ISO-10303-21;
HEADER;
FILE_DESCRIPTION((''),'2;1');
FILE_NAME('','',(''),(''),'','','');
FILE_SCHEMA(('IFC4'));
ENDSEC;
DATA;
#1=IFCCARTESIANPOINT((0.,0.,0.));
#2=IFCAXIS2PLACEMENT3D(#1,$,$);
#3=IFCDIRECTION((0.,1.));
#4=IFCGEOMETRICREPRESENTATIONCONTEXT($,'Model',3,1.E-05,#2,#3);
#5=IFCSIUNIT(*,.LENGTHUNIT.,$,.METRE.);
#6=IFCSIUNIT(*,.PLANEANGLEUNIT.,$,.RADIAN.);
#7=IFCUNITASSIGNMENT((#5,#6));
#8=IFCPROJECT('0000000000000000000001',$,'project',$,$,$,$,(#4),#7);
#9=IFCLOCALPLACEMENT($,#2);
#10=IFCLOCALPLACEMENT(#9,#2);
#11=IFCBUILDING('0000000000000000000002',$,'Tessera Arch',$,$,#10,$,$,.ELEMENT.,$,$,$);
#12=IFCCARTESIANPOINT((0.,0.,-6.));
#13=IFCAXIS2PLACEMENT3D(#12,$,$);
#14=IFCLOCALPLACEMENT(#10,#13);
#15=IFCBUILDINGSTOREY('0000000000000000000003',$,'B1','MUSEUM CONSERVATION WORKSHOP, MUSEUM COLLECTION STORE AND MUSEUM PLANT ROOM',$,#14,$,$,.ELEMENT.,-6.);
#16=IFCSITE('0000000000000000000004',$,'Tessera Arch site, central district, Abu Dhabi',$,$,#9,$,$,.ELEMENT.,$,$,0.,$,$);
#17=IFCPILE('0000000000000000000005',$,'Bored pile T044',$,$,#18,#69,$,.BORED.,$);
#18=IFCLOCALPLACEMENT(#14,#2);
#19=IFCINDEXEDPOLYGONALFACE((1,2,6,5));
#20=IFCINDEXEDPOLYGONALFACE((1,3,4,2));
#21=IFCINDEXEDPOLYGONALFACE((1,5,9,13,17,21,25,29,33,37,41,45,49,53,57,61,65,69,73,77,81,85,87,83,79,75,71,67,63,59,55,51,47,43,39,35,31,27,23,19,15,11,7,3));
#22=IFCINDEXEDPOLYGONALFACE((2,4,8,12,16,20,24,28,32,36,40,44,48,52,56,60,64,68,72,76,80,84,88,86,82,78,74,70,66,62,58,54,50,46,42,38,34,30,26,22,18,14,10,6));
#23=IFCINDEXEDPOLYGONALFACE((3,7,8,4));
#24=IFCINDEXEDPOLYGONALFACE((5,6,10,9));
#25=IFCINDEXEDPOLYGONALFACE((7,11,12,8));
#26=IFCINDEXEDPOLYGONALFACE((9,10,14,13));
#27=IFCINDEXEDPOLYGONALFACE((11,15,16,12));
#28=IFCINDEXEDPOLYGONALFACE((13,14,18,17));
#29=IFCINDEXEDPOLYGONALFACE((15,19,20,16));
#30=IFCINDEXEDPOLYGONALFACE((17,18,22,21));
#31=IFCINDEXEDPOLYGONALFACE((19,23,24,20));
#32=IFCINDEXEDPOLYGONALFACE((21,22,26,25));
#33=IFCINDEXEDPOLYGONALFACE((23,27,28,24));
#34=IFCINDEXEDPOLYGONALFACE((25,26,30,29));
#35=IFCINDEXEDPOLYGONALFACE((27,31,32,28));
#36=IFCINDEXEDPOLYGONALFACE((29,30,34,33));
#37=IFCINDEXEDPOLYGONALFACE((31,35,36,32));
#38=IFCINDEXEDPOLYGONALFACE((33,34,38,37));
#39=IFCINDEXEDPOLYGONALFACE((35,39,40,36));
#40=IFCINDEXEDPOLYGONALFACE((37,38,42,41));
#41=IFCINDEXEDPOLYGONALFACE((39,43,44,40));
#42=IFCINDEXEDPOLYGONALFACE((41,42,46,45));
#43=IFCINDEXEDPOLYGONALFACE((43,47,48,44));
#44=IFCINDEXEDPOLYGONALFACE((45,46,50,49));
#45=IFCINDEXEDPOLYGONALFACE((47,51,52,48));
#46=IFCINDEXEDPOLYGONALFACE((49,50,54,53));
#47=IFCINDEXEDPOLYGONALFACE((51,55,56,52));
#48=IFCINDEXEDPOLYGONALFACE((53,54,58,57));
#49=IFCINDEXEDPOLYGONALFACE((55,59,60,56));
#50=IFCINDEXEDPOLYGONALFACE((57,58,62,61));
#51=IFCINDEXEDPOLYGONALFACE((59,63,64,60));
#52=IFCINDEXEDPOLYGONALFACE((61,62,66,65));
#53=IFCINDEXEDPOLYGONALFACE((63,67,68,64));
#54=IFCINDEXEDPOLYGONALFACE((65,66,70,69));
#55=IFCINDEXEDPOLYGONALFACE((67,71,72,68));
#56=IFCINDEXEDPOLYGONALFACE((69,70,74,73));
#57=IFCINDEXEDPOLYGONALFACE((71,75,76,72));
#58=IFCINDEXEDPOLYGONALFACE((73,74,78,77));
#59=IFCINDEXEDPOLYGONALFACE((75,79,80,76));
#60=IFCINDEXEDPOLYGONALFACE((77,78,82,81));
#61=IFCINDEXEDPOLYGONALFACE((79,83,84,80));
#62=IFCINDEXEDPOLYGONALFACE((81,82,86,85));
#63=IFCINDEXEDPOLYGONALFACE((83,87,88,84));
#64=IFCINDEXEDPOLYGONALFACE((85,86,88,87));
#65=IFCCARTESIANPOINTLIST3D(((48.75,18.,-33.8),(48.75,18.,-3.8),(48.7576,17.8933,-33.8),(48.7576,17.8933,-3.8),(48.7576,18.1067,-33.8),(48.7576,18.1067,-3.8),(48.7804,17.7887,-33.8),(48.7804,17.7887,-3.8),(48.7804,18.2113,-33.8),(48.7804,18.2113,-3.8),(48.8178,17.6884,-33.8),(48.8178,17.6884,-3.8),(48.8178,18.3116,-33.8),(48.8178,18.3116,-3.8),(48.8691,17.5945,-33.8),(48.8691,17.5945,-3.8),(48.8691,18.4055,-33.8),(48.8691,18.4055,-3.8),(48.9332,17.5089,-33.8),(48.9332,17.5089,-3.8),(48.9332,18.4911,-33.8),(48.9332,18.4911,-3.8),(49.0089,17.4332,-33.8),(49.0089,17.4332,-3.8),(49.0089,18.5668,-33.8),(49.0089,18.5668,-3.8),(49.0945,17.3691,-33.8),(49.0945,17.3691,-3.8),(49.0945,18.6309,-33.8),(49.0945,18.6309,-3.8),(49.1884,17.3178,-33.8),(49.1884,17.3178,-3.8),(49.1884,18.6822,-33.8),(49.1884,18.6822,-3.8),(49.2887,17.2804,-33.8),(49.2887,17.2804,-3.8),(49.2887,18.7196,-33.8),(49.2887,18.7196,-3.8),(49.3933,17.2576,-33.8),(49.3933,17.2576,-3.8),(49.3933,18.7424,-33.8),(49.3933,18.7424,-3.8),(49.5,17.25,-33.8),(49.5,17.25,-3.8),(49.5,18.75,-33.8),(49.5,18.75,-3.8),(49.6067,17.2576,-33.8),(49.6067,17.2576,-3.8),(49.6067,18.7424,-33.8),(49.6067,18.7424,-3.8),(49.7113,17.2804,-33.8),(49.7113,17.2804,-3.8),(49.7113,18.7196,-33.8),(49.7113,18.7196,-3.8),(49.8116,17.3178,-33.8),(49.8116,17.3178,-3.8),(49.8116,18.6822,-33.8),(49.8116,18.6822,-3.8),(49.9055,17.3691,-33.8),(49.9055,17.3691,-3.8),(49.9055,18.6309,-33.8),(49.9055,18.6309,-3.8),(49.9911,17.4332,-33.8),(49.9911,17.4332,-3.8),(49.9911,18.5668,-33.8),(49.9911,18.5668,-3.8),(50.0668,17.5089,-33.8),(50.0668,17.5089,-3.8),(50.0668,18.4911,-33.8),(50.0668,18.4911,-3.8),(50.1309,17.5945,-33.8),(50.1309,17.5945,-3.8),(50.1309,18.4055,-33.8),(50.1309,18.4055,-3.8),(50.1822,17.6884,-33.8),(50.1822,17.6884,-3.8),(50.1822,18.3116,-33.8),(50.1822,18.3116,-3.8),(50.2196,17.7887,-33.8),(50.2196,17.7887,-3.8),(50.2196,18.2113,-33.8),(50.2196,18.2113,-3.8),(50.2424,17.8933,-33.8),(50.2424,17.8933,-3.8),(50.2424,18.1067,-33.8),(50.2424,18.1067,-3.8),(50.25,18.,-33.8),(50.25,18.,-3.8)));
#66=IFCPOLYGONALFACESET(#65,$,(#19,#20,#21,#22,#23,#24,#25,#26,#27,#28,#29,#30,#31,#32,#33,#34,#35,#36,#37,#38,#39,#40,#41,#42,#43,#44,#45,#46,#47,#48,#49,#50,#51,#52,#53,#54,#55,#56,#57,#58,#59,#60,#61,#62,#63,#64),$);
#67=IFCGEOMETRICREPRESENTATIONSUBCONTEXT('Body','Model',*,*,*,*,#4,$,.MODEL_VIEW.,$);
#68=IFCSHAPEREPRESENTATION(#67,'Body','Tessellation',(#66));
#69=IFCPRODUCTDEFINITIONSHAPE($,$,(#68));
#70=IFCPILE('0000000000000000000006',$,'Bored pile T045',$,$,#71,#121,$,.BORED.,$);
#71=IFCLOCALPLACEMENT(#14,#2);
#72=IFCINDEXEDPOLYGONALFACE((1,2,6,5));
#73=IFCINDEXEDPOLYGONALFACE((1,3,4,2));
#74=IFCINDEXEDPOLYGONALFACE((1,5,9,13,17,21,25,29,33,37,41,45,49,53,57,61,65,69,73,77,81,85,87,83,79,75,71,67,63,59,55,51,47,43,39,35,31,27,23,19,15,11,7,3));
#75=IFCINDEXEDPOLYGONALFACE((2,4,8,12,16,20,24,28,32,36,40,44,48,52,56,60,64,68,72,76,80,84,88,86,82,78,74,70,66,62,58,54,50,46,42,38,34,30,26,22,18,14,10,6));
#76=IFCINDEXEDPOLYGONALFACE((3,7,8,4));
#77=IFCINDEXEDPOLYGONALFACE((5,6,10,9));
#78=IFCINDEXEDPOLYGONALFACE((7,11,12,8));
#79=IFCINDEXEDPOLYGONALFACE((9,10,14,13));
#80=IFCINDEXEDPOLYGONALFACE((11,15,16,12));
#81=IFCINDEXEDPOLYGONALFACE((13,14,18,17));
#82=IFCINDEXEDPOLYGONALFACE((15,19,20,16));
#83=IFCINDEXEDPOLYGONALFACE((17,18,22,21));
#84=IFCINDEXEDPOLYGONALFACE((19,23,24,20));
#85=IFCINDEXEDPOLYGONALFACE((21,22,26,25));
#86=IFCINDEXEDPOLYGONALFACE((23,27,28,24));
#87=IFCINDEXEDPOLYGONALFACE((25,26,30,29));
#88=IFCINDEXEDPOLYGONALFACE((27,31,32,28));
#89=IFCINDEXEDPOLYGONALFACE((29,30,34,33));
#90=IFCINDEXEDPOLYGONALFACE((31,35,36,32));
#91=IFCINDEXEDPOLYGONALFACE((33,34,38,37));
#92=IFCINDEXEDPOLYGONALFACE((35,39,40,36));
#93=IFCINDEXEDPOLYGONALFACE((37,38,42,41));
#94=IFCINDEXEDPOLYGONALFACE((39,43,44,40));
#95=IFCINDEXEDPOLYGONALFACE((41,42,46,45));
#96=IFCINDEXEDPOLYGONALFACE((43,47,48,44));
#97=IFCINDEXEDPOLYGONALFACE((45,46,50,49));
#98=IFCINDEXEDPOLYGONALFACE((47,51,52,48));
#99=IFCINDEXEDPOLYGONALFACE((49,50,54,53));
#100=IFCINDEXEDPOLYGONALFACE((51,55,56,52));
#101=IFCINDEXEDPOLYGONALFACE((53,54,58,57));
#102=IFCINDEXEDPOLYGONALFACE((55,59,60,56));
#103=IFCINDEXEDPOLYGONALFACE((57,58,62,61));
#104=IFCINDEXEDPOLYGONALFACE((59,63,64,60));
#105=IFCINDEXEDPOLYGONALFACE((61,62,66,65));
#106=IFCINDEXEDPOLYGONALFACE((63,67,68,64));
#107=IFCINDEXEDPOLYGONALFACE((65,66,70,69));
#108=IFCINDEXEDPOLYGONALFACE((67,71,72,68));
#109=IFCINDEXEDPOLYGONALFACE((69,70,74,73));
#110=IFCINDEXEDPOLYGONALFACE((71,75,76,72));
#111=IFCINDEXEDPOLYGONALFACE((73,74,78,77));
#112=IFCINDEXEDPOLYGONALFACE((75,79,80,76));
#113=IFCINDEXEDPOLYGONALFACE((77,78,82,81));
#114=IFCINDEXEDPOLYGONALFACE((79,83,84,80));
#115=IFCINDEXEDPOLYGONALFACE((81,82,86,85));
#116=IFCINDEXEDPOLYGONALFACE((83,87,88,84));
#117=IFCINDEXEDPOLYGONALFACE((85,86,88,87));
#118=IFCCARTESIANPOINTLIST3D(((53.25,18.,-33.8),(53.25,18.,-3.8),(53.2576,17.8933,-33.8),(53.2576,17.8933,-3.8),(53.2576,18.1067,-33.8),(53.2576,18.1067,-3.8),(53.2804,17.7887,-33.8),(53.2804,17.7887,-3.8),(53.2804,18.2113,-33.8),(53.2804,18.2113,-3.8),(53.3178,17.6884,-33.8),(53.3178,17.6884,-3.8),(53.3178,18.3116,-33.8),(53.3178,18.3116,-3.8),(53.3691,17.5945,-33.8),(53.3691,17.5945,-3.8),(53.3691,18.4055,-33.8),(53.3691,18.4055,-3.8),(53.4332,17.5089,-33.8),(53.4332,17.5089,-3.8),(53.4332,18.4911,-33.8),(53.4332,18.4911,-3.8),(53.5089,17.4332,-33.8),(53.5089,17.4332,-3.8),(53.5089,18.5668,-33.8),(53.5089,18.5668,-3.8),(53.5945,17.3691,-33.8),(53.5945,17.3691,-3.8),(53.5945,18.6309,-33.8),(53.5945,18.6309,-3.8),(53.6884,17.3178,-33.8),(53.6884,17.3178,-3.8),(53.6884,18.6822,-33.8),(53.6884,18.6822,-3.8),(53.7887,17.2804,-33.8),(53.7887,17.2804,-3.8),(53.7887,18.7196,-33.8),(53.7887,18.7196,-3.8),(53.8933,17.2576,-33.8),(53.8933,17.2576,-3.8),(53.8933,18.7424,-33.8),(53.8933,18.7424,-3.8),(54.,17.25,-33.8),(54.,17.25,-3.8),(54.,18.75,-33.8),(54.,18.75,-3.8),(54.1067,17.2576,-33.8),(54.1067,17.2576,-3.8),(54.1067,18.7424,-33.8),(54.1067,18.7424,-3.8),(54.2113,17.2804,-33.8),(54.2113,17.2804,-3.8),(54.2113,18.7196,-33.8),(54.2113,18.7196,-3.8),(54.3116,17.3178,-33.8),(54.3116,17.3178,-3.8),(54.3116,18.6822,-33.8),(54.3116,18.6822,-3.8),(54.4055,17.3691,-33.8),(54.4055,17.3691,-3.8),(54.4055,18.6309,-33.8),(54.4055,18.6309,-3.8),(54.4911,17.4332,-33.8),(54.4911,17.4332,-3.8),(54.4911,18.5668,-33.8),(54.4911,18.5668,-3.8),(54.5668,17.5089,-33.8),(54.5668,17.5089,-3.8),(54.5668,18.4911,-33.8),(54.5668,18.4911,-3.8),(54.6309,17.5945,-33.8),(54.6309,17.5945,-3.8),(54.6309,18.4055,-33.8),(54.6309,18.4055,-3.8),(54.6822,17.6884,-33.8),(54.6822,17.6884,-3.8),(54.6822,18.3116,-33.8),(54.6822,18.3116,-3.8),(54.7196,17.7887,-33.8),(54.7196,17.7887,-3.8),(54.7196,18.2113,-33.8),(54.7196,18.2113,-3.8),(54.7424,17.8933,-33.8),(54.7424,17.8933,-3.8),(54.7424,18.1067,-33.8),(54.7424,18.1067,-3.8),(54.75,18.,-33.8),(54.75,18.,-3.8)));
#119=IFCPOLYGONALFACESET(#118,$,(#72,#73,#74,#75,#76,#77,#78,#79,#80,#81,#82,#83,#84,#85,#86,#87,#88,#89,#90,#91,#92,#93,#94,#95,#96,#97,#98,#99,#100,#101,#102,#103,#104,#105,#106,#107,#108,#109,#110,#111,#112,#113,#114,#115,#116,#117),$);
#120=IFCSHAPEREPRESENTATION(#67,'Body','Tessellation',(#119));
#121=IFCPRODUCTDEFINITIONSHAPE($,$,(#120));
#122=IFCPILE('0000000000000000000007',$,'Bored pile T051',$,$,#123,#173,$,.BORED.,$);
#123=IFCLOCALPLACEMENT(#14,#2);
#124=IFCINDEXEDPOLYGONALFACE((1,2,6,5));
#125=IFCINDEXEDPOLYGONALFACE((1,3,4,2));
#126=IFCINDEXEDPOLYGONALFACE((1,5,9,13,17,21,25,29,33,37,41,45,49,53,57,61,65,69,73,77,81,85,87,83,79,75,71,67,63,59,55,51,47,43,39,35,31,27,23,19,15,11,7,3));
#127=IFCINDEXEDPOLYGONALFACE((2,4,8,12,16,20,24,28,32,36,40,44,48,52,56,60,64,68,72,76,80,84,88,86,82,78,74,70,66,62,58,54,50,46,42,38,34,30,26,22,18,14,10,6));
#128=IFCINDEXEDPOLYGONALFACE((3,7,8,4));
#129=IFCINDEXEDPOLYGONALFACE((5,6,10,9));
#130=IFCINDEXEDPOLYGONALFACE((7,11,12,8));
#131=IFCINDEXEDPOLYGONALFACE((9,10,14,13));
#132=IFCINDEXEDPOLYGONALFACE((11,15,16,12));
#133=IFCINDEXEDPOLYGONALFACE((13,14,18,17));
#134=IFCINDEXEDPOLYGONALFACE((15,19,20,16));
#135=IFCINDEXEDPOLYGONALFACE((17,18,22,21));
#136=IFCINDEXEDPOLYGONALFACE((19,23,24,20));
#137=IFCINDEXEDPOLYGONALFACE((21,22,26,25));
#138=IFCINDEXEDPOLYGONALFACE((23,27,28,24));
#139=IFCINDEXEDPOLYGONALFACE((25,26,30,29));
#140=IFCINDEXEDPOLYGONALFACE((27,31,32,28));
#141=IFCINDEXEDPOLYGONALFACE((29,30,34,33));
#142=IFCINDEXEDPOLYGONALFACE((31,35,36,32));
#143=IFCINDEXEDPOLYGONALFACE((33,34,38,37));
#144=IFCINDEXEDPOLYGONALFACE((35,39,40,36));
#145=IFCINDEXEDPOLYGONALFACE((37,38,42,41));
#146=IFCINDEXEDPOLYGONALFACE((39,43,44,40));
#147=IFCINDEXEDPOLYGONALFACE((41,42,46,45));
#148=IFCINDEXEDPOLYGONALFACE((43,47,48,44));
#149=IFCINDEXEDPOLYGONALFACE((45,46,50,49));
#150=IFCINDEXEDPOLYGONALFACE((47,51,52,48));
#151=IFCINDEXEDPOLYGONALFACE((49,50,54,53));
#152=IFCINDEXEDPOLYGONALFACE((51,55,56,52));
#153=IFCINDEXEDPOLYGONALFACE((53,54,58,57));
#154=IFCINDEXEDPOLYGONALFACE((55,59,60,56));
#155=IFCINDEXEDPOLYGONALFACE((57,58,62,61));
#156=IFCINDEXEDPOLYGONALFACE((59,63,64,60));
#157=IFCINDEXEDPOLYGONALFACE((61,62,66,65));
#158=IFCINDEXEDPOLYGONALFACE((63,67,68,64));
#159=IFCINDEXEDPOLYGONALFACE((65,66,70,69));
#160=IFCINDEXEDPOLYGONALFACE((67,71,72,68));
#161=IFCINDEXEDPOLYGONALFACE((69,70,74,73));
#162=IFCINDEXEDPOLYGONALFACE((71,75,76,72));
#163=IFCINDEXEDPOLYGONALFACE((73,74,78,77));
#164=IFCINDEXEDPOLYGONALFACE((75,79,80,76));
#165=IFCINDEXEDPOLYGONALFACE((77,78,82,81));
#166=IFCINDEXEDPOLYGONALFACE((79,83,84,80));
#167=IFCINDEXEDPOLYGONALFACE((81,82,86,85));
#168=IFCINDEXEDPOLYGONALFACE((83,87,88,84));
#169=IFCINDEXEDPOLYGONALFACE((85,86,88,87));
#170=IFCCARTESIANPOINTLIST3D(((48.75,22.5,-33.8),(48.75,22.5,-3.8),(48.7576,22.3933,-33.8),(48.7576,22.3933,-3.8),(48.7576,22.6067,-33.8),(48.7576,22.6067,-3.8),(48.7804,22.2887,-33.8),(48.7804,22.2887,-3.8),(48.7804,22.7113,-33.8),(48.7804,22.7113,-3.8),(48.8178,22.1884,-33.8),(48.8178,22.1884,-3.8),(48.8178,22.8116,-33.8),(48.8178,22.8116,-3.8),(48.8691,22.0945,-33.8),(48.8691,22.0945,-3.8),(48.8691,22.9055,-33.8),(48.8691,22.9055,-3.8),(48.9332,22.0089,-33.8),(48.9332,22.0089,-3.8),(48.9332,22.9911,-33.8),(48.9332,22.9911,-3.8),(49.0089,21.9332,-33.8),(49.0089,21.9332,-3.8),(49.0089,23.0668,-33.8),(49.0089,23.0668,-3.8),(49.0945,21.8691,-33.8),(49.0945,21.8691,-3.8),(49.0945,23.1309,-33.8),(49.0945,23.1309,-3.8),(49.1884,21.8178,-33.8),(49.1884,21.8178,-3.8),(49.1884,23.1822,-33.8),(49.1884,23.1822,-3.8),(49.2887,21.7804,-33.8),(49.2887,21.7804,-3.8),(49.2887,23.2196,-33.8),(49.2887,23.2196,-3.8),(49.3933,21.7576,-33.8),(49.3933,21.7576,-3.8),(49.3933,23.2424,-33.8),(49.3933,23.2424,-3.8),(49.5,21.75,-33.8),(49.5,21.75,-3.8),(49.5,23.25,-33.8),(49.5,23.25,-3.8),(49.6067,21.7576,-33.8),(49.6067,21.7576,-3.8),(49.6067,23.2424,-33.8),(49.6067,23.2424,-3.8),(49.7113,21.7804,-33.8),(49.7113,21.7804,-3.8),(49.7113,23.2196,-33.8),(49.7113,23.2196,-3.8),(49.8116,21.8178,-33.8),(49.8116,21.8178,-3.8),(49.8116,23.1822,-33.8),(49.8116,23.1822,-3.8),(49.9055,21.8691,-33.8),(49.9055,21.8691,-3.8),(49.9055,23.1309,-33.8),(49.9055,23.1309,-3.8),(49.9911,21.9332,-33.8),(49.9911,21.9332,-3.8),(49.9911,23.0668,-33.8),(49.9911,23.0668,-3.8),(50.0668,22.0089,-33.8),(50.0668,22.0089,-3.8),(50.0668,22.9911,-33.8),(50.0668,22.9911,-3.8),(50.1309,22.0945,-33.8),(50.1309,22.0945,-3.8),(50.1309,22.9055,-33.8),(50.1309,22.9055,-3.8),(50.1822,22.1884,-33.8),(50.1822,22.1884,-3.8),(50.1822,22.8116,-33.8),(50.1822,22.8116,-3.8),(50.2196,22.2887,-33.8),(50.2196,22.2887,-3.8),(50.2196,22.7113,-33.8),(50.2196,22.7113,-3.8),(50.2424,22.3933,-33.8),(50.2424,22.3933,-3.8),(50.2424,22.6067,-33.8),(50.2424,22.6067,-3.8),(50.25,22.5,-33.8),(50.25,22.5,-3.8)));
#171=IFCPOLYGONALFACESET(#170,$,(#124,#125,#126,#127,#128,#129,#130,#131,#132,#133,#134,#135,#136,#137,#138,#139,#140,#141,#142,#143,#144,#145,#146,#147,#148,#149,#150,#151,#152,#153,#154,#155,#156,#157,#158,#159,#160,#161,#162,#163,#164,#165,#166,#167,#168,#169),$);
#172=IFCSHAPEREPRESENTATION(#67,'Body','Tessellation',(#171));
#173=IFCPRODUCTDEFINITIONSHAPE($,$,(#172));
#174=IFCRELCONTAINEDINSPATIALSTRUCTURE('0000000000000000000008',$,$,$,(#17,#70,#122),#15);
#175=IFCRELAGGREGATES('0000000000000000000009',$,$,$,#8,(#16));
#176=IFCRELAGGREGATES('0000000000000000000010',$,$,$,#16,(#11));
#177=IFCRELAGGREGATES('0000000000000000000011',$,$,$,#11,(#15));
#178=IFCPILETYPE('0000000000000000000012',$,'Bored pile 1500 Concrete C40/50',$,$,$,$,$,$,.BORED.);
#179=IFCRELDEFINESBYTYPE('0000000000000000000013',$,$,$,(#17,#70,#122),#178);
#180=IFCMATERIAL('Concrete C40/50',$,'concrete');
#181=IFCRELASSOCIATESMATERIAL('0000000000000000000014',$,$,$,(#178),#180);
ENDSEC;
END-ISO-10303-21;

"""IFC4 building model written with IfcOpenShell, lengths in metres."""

from ifc_helpers import new_model, si_unit, direction, frame, origin, origin_2d, place, context, subcontext, project, spatial, circle, extrude, material, type_object, element, save


model = new_model("IFC4")

# Units and contexts
model_context = context("Model", 3, precision=1e-05, world=origin(), true_north=direction((0.0, 1.0)))
body_context = subcontext(model_context, "Body", "Model", "MODEL_VIEW")
ifc_project = project(units=[si_unit("LENGTHUNIT", "METRE"), si_unit("PLANEANGLEUNIT", "RADIAN")], contexts=[model_context])

# Site, building, storey
site_placement = place(None, origin())
site = spatial("IfcSite", under=ifc_project, at=site_placement, Name="Tessera Arch site, central district, Abu Dhabi", CompositionType="ELEMENT", RefElevation=0.0)
building_placement = place(site_placement, origin())
building = spatial("IfcBuilding", under=site, at=building_placement, Name="Tessera Arch", CompositionType="ELEMENT")
storey_placement = place(building_placement, frame((0.0, 0.0, -6.0)))
storey = spatial("IfcBuildingStorey", under=building, at=storey_placement, Name="B1", Description="MUSEUM CONSERVATION WORKSHOP, MUSEUM COLLECTION STORE AND MUSEUM PLANT ROOM", CompositionType="ELEMENT", Elevation=-6.0)

# Piles
ifc_material_1 = material(Name="Concrete C40/50", Category="concrete")
pile_type = type_object("IfcPileType", Name="Bored pile 1500 Concrete C40/50", PredefinedType="BORED", material=ifc_material_1)
for number, where, z_axis, x_axis, name in (
    (1, (49.5, 18.0, -3.8), (0.0, 0.0, -1.0), (1.0, 0.0, 0.0), "Bored pile T044"),
    (2, (54.0, 18.0, -3.8), (0.0, 0.0, -1.0), (1.0, 0.0, 0.0), "Bored pile T045"),
    (3, (49.5, 22.5, -3.8), (0.0, 0.0, -1.0), (1.0, 0.0, 0.0), "Bored pile T051"),
):
    element("IfcPile", number, at=place(storey_placement, frame(where, z_axis=z_axis, x_axis=x_axis)), inside=storey, type_object=pile_type, Name=name, PredefinedType="BORED", context=body_context, shape_type="SweptSolid", body=[
        extrude(circle(Radius=0.75, at=origin_2d()), origin(), (0.0, 0.0, 1.0), 30.0),
    ])

save(model, "model.ifc")
